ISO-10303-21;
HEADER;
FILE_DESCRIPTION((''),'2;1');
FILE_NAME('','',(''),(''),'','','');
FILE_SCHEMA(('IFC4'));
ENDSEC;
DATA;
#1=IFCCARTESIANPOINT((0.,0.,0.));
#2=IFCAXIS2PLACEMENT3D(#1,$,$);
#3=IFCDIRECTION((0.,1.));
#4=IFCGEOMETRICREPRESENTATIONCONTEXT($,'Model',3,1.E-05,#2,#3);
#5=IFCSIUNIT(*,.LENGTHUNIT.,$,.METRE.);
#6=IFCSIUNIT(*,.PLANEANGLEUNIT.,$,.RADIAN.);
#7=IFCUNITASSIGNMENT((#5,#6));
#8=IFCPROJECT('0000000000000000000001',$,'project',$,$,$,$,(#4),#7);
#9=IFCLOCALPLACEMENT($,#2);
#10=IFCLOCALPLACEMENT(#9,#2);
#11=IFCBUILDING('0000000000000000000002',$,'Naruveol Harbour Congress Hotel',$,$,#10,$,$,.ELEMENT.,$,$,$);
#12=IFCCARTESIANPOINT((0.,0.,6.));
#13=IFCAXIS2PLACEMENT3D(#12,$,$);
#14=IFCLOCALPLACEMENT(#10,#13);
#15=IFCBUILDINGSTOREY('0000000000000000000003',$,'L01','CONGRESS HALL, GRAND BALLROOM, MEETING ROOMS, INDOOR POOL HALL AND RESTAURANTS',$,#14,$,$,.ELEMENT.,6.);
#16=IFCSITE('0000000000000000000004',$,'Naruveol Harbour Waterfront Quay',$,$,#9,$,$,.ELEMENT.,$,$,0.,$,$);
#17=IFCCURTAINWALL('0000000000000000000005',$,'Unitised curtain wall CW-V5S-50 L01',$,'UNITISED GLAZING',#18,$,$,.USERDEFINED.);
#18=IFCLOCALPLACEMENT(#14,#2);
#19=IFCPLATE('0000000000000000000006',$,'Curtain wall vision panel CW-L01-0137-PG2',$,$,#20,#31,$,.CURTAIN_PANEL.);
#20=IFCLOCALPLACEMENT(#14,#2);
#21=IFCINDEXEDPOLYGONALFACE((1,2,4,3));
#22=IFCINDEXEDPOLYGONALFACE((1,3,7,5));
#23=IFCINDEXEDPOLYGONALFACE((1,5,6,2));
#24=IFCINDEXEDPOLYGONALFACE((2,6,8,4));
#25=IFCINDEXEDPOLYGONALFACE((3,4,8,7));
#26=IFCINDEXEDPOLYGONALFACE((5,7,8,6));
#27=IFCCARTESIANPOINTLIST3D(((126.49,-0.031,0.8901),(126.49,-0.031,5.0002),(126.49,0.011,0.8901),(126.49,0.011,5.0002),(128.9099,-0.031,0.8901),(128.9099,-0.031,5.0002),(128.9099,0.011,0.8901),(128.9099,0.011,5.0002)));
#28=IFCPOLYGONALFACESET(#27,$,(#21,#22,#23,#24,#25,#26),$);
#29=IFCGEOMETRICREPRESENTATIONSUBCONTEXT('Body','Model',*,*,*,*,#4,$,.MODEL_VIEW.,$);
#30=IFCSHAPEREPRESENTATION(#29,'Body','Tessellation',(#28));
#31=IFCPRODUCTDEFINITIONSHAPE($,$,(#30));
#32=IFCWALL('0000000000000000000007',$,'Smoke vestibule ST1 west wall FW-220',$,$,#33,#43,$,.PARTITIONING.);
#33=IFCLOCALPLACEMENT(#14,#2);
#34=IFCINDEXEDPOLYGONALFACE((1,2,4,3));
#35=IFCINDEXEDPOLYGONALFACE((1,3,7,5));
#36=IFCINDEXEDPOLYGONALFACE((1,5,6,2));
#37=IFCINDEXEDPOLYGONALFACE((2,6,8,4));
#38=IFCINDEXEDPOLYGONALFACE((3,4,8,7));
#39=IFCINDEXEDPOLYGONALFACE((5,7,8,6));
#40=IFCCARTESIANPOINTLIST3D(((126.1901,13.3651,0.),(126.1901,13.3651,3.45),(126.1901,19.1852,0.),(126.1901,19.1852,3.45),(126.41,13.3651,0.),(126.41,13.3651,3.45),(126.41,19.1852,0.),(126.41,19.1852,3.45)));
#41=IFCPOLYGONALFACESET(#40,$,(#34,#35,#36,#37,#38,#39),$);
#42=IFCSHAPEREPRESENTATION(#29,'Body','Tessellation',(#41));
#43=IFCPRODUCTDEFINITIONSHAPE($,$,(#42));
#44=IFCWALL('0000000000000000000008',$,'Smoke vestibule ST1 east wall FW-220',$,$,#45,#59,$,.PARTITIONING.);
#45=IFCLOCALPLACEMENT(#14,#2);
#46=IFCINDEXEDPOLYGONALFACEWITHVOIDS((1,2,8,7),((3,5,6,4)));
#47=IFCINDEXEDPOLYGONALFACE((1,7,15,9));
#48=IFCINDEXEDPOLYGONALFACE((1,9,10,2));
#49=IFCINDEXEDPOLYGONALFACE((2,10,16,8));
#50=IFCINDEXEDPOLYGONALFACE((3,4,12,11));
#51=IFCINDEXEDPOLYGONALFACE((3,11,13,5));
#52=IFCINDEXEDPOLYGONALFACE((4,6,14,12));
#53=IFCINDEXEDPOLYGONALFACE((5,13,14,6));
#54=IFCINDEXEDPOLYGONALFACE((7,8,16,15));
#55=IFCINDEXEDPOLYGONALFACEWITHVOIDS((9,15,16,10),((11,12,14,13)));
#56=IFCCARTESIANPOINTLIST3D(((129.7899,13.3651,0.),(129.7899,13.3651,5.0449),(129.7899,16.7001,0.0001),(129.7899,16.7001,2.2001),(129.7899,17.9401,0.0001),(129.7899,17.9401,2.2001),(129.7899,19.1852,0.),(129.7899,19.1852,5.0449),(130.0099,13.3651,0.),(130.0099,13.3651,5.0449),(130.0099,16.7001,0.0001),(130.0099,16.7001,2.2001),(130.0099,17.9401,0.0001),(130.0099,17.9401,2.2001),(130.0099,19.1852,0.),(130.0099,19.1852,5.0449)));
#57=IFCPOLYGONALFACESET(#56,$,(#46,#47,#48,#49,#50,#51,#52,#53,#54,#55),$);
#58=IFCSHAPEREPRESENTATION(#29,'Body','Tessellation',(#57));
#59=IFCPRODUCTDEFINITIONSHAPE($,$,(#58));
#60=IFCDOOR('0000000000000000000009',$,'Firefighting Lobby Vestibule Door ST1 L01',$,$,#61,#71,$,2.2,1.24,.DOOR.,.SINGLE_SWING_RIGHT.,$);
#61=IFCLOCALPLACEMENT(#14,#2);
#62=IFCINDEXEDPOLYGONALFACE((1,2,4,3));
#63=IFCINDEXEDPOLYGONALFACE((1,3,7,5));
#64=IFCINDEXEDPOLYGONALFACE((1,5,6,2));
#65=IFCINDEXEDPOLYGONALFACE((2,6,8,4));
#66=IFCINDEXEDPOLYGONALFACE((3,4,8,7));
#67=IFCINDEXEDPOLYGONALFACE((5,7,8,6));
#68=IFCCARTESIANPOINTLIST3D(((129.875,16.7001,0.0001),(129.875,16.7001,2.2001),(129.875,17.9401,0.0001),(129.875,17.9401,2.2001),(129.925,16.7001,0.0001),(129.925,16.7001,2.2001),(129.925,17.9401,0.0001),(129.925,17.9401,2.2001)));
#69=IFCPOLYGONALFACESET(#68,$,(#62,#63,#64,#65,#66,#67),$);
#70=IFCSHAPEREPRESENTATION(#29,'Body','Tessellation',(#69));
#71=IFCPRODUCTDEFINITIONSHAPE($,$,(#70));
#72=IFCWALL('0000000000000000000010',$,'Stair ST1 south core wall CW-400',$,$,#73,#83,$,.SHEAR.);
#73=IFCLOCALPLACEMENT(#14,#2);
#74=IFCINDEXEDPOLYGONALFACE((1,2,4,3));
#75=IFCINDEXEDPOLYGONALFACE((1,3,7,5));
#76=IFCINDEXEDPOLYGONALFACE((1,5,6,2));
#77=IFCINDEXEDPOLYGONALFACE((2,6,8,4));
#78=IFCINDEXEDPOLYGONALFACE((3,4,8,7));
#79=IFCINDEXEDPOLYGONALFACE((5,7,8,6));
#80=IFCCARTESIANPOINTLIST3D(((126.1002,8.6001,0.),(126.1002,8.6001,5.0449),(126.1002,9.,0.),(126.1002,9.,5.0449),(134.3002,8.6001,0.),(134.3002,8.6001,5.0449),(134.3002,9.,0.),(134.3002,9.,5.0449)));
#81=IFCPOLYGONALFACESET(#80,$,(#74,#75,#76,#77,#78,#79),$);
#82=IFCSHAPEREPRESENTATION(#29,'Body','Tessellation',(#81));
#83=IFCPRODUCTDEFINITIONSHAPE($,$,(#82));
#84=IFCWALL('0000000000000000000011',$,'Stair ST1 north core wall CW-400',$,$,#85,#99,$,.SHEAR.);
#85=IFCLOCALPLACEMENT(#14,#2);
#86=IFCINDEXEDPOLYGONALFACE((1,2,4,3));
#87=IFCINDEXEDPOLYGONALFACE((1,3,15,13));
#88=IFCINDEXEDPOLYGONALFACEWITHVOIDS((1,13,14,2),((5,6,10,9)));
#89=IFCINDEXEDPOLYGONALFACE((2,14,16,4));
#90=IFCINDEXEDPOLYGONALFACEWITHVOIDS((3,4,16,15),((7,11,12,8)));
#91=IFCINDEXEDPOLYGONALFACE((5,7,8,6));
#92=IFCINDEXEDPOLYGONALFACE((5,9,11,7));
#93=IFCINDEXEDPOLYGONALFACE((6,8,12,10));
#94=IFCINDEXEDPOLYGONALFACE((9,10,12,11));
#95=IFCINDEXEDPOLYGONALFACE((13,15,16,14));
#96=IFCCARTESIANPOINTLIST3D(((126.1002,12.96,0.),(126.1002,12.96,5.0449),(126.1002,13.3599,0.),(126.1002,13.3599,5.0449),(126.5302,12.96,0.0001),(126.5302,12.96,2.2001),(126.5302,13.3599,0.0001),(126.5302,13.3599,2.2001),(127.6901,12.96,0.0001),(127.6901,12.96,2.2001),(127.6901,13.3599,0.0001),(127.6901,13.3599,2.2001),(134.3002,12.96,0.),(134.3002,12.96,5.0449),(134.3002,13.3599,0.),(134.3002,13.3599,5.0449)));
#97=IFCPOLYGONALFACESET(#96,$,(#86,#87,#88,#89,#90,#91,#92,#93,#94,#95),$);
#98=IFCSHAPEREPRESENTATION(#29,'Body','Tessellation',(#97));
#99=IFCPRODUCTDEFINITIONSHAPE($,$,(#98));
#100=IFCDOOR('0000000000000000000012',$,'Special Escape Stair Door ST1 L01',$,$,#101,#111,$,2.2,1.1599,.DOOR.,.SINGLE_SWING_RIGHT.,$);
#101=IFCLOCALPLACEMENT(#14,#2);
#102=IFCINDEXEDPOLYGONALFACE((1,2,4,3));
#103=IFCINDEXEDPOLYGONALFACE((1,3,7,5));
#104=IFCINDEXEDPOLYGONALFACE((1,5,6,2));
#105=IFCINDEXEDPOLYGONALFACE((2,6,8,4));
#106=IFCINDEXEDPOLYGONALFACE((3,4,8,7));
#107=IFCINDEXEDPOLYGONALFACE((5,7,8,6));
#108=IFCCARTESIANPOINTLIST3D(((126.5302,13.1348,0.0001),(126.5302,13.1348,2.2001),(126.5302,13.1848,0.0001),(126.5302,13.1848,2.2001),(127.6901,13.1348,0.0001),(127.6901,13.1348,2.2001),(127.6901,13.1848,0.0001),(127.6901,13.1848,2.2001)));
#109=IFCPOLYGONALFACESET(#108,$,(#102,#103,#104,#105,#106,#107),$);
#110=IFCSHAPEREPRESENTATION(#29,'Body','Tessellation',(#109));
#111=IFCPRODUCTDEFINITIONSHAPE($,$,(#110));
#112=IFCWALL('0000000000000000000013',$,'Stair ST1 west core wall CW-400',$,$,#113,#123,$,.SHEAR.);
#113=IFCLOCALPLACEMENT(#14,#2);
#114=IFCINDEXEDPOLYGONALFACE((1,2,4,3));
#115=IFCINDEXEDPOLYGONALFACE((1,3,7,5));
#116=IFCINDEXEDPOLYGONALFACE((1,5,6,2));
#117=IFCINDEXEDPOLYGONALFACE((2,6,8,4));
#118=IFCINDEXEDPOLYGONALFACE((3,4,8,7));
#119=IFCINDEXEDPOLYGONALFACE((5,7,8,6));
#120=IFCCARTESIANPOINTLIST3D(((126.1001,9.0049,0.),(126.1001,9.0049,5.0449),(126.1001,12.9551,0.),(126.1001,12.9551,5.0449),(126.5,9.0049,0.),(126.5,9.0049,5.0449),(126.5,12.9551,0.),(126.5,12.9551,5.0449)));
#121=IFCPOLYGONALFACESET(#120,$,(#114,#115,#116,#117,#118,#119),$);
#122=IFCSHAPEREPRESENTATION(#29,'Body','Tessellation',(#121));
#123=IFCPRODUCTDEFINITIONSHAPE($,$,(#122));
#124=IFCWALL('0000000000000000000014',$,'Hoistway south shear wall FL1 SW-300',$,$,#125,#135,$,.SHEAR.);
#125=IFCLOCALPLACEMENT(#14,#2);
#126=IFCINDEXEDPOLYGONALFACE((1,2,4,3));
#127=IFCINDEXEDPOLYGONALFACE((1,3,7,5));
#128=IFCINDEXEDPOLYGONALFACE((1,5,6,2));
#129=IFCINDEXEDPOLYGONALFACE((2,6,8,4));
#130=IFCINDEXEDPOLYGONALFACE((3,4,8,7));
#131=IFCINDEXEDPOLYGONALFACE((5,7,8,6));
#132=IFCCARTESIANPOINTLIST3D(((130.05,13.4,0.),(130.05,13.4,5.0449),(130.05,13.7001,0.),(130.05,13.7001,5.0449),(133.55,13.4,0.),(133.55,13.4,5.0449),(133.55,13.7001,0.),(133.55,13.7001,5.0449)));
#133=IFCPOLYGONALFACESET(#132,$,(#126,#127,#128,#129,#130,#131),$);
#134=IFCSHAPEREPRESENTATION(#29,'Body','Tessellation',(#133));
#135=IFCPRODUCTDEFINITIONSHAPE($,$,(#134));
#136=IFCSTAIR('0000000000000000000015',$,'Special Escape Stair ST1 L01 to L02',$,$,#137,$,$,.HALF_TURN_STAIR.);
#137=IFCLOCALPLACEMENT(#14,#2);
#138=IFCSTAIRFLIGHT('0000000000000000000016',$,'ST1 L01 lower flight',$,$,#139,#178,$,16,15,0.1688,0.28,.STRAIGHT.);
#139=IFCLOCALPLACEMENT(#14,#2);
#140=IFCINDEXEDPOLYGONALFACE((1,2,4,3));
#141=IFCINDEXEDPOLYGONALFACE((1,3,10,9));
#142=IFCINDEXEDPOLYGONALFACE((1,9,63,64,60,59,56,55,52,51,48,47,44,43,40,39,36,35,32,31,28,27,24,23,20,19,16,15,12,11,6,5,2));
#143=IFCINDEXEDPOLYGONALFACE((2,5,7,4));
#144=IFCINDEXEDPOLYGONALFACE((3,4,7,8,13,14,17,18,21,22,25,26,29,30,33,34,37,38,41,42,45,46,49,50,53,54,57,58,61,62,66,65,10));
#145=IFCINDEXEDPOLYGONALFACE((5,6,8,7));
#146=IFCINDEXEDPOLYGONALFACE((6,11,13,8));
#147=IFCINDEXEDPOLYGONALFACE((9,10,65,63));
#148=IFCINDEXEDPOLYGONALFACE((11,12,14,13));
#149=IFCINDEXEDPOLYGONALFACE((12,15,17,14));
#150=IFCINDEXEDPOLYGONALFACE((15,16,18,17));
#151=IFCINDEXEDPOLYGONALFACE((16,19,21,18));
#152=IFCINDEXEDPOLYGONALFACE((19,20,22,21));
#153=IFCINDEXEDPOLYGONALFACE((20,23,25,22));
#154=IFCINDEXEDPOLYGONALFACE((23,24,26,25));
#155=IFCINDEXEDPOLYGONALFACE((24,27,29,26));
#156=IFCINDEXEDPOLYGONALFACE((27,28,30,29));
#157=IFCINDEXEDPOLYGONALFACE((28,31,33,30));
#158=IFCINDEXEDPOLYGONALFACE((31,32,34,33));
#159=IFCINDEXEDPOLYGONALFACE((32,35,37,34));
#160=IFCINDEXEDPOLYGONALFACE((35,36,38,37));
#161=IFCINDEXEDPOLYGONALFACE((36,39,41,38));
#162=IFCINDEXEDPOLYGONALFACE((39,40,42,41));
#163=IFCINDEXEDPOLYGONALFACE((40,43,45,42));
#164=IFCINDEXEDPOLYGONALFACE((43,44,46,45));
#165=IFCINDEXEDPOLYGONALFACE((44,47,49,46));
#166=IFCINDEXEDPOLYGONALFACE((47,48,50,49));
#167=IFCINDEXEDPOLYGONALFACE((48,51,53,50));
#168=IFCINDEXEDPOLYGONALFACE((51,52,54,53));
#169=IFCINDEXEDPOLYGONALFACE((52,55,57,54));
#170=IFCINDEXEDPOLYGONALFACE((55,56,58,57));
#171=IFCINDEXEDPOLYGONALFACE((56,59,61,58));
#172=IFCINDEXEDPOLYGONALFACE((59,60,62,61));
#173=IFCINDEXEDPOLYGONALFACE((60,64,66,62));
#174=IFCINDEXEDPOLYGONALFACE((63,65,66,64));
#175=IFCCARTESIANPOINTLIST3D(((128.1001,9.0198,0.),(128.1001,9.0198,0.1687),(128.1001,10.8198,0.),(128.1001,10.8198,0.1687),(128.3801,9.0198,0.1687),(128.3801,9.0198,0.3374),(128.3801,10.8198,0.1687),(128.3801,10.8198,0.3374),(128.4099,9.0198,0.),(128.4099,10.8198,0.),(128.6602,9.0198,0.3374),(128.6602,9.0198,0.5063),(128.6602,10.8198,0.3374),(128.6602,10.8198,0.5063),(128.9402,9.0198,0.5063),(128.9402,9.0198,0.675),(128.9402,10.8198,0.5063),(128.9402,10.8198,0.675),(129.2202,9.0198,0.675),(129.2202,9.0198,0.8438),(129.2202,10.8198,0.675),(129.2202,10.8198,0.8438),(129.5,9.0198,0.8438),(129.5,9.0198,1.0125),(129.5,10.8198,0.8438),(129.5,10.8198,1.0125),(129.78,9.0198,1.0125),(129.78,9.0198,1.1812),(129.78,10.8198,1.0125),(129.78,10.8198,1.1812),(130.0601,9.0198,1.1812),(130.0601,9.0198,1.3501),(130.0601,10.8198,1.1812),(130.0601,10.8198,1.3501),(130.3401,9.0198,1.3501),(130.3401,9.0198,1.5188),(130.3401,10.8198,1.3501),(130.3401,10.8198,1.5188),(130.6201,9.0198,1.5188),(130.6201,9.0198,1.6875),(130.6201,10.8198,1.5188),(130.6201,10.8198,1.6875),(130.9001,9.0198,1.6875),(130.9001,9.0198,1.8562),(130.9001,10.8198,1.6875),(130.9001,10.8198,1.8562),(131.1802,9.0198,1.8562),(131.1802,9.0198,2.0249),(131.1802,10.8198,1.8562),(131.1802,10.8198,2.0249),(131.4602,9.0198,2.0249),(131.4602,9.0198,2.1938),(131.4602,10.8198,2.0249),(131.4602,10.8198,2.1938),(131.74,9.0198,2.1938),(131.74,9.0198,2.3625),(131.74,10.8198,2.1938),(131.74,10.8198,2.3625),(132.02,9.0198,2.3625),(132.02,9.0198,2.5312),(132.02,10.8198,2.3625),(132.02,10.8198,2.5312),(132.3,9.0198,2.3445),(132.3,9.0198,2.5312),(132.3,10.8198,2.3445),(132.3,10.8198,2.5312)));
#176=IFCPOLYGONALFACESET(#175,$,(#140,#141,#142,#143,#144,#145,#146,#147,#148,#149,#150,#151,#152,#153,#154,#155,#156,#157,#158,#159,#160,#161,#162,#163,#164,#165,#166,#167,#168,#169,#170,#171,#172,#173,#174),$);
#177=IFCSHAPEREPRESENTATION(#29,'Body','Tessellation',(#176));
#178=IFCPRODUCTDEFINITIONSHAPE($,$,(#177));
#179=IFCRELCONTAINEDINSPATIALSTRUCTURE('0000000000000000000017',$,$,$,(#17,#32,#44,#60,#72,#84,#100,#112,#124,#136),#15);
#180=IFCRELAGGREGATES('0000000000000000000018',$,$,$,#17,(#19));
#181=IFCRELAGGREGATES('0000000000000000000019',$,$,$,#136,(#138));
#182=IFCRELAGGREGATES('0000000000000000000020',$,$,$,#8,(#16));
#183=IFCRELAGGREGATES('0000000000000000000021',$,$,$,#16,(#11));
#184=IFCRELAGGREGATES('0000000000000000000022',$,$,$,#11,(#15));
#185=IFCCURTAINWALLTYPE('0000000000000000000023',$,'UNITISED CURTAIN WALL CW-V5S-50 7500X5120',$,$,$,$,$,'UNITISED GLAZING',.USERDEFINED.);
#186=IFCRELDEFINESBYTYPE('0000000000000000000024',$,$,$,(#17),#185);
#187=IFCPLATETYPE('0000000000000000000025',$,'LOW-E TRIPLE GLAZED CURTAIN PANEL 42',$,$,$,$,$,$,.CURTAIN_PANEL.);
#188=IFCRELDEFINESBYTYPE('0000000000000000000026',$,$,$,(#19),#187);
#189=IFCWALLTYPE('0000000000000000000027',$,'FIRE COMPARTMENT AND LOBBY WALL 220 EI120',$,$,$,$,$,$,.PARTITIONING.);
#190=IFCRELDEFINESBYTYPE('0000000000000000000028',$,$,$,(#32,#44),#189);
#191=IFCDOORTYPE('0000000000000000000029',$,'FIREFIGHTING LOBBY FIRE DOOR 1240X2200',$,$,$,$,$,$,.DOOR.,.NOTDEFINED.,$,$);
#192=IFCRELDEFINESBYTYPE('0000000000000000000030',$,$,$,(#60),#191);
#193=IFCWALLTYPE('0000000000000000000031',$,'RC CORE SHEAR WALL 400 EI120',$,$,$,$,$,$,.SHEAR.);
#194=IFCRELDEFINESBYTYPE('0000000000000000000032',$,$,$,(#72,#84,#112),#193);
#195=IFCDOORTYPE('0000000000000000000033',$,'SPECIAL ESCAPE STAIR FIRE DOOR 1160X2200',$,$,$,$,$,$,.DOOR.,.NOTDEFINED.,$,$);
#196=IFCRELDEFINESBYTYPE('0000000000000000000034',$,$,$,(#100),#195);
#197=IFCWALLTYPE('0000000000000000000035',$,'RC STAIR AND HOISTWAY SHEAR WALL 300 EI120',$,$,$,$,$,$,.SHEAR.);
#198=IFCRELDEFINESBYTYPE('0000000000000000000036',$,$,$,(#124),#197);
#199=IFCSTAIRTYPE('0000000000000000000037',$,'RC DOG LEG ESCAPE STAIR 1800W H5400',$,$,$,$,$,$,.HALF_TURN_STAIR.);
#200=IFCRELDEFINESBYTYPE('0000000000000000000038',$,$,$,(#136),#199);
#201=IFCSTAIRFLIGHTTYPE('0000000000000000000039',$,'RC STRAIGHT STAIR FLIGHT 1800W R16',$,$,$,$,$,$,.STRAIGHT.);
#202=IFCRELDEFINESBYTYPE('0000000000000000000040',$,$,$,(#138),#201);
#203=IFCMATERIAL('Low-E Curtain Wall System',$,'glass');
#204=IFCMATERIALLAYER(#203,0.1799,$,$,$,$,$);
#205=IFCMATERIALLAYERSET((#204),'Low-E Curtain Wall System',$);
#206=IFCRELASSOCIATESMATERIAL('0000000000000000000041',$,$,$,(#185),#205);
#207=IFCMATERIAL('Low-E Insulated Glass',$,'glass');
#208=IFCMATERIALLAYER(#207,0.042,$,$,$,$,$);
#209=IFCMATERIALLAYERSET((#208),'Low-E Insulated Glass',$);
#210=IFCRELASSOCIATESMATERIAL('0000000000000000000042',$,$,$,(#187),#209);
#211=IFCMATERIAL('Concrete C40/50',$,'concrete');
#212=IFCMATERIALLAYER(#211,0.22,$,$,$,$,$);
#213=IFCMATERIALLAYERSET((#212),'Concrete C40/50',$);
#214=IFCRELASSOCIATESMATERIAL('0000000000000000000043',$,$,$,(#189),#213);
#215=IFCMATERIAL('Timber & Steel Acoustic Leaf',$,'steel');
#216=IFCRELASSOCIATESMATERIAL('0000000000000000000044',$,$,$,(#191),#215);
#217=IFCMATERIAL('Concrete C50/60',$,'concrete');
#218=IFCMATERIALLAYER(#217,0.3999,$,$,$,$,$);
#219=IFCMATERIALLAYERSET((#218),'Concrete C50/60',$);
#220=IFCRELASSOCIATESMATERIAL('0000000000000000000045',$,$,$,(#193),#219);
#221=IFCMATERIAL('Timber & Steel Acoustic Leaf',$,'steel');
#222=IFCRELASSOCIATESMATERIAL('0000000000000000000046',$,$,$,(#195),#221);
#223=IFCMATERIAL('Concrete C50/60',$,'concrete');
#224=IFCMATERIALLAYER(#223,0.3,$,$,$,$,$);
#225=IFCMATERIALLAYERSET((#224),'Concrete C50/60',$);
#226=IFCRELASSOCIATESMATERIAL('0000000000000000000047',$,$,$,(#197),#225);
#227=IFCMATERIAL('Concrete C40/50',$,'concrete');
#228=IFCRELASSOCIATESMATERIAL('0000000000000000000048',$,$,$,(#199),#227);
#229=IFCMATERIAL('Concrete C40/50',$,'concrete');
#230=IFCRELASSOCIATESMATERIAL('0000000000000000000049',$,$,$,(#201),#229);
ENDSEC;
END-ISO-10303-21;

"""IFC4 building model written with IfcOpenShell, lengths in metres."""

from ifc_helpers import new_model, si_unit, direction, frame, frame_2d, origin, origin_2d, place, context, subcontext, project, spatial, polyline, rectangle, outline, extrude, material, layer, layer_set, type_object, element, fill, aggregate, save


model = new_model("IFC4")

# Units and contexts
model_context = context("Model", 3, precision=1e-05, world=origin(), true_north=direction((0.0, 1.0)))
body_context = subcontext(model_context, "Body", "Model", "MODEL_VIEW")
ifc_project = project(units=[si_unit("LENGTHUNIT", "METRE"), si_unit("PLANEANGLEUNIT", "RADIAN")], contexts=[model_context])

# Site, building, storey
site_placement = place(None, origin())
site = spatial("IfcSite", under=ifc_project, at=site_placement, Name="Naruveol Harbour Waterfront Quay", CompositionType="ELEMENT", RefElevation=0.0)
building_placement = place(site_placement, origin())
building = spatial("IfcBuilding", under=site, at=building_placement, Name="Naruveol Harbour Congress Hotel", CompositionType="ELEMENT")
storey_placement = place(building_placement, frame((0.0, 0.0, 6.0)))
storey = spatial("IfcBuildingStorey", under=building, at=storey_placement, Name="L01", Description="CONGRESS HALL, GRAND BALLROOM, MEETING ROOMS, INDOOR POOL HALL AND RESTAURANTS", CompositionType="ELEMENT", Elevation=6.0)

# Shared definitions
ifc_material_1 = material(Name="Low-E Curtain Wall System", Category="glass")
ifc_layer_1 = layer(ifc_material_1, 0.1799)
ifc_layer_set_1 = layer_set([ifc_layer_1], Name="Low-E Curtain Wall System")
curtain_wall_type = type_object("IfcCurtainWallType", Name="UNITISED CURTAIN WALL CW-V5S-50 7500X5120", ElementType="UNITISED GLAZING", PredefinedType="USERDEFINED", material=ifc_layer_set_1)

# Curtain wall
curtain_wall_1_placement = place(storey_placement, origin())
curtain_wall_1 = element("IfcCurtainWall", 1, at=curtain_wall_1_placement, inside=storey, type_object=curtain_wall_type, Name="Unitised curtain wall CW-V5S-50 L01", ObjectType="UNITISED GLAZING", PredefinedType="USERDEFINED")

# Plate
ifc_material_2 = material(Name="Low-E Insulated Glass", Category="glass")
ifc_layer_2 = layer(ifc_material_2, 0.042)
ifc_layer_set_2 = layer_set([ifc_layer_2], Name="Low-E Insulated Glass")
plate_type_1 = type_object("IfcPlateType", Name="LOW-E TRIPLE GLAZED CURTAIN PANEL 42", PredefinedType="CURTAIN_PANEL", material=ifc_layer_set_2)
plate_1_placement = place(storey_placement, frame((127.7, -0.01, 0.8901), z_axis=(0.0, 0.0, 1.0), x_axis=(-1.0, 0.0, 0.0)))
plate_1 = element("IfcPlate", 2, at=plate_1_placement, type_object=plate_type_1, Name="Curtain wall vision panel CW-L01-0137-PG2", PredefinedType="CURTAIN_PANEL", context=body_context, shape_type="SweptSolid", body=[
    extrude(rectangle(XDim=2.4199, YDim=0.042, at=origin_2d()), origin(), (0.0, 0.0, 1.0), 4.1101),
])
aggregate(curtain_wall_1, [plate_1])

# Wall
ifc_material_3 = material(Name="Concrete C40/50", Category="concrete")
ifc_layer_3 = layer(ifc_material_3, 0.22)
ifc_layer_set_3 = layer_set([ifc_layer_3], Name="Concrete C40/50")
wall_type_1 = type_object("IfcWallType", Name="FIRE COMPARTMENT AND LOBBY WALL 220 EI120", PredefinedType="PARTITIONING", material=ifc_layer_set_3)
wall_1_placement = place(storey_placement, frame((126.3, 13.365, 0.0), z_axis=(0.0, 0.0, 1.0), x_axis=(0.0, 1.0, 0.0)))
element("IfcWall", 3, at=wall_1_placement, inside=storey, type_object=wall_type_1, Name="Smoke vestibule ST1 west wall FW-220", PredefinedType="PARTITIONING", context=body_context, shape_type="SweptSolid", body=[
    extrude(rectangle(XDim=5.8201, YDim=0.22, at=frame_2d((2.9102, 0.0))), origin(), (0.0, 0.0, 1.0), 3.45),
])

# Wall, opening, door
wall_2_placement = place(storey_placement, frame((129.8999, 13.365, 0.0), z_axis=(0.0, 0.0, 1.0), x_axis=(0.0, 1.0, 0.0)))
wall_2 = element("IfcWall", 4, at=wall_2_placement, inside=storey, type_object=wall_type_1, Name="Smoke vestibule ST1 east wall FW-220", PredefinedType="PARTITIONING", context=body_context, shape_type="SweptSolid", body=[
    extrude(rectangle(XDim=5.8201, YDim=0.22, at=frame_2d((2.9102, 0.0))), origin(), (0.0, 0.0, 1.0), 5.0449),
])
opening_1_placement = place(wall_2_placement, frame((3.335, 0.0, 0.0)))
opening_1 = element("IfcOpeningElement", 5, at=opening_1_placement, cuts=wall_2, PredefinedType="OPENING", context=body_context, shape_type="SweptSolid", body=[
    extrude(rectangle(XDim=1.24, YDim=2.2, at=frame_2d((0.6201, 1.1001))), frame((0.0, 0.1199, 0.0), z_axis=(0.0, -1.0, 0.0), x_axis=(1.0, 0.0, 0.0)), (0.0, 0.0, 1.0), 0.24),
])
ifc_material_4 = material(Name="Timber & Steel Acoustic Leaf", Category="steel")
door_type_1 = type_object("IfcDoorType", Name="FIREFIGHTING LOBBY FIRE DOOR 1240X2200", OperationType="NOTDEFINED", PredefinedType="DOOR", material=ifc_material_4)
door_1_placement = place(opening_1_placement, origin())
door_1 = element("IfcDoor", 6, at=door_1_placement, inside=storey, type_object=door_type_1, Name="Firefighting Lobby Vestibule Door ST1 L01", OperationType="SINGLE_SWING_RIGHT", OverallHeight=2.2, OverallWidth=1.24, PredefinedType="DOOR", context=body_context, shape_type="SweptSolid", body=[
    extrude(rectangle(XDim=1.24, YDim=2.2, at=frame_2d((0.6201, 1.1001))), frame((0.0, 0.0249, 0.0), z_axis=(0.0, -1.0, 0.0), x_axis=(1.0, 0.0, 0.0)), (0.0, 0.0, 1.0), 0.05),
])
fill(opening_1, door_1)

# Wall
ifc_material_5 = material(Name="Concrete C50/60", Category="concrete")
ifc_layer_4 = layer(ifc_material_5, 0.3999)
ifc_layer_set_4 = layer_set([ifc_layer_4], Name="Concrete C50/60")
wall_type_2 = type_object("IfcWallType", Name="RC CORE SHEAR WALL 400 EI120", PredefinedType="SHEAR", material=ifc_layer_set_4)
wall_3_placement = place(storey_placement, frame((126.1001, 8.8, 0.0), z_axis=(0.0, 0.0, 1.0), x_axis=(1.0, 0.0, 0.0)))
element("IfcWall", 7, at=wall_3_placement, inside=storey, type_object=wall_type_2, Name="Stair ST1 south core wall CW-400", PredefinedType="SHEAR", context=body_context, shape_type="SweptSolid", body=[
    extrude(rectangle(XDim=8.2, YDim=0.3999, at=frame_2d((4.1001, 0.0))), origin(), (0.0, 0.0, 1.0), 5.0449),
])

# Wall, opening, door
wall_4_placement = place(storey_placement, frame((126.1001, 13.1599, 0.0), z_axis=(0.0, 0.0, 1.0), x_axis=(1.0, 0.0, 0.0)))
wall_4 = element("IfcWall", 8, at=wall_4_placement, inside=storey, type_object=wall_type_2, Name="Stair ST1 north core wall CW-400", PredefinedType="SHEAR", context=body_context, shape_type="SweptSolid", body=[
    extrude(rectangle(XDim=8.2, YDim=0.3999, at=frame_2d((4.1001, 0.0))), origin(), (0.0, 0.0, 1.0), 5.0449),
])
opening_2_placement = place(wall_4_placement, frame((0.4299, 0.0, 0.0)))
opening_2 = element("IfcOpeningElement", 9, at=opening_2_placement, cuts=wall_4, PredefinedType="OPENING", context=body_context, shape_type="SweptSolid", body=[
    extrude(rectangle(XDim=1.1599, YDim=2.2, at=frame_2d((0.5801, 1.1001))), frame((0.0, 0.21, 0.0), z_axis=(0.0, -1.0, 0.0), x_axis=(1.0, 0.0, 0.0)), (0.0, 0.0, 1.0), 0.4199),
])
ifc_material_6 = material(Name="Timber & Steel Acoustic Leaf", Category="steel")
door_type_2 = type_object("IfcDoorType", Name="SPECIAL ESCAPE STAIR FIRE DOOR 1160X2200", OperationType="NOTDEFINED", PredefinedType="DOOR", material=ifc_material_6)
door_2_placement = place(opening_2_placement, origin())
door_2 = element("IfcDoor", 10, at=door_2_placement, inside=storey, type_object=door_type_2, Name="Special Escape Stair Door ST1 L01", OperationType="SINGLE_SWING_RIGHT", OverallHeight=2.2, OverallWidth=1.1599, PredefinedType="DOOR", context=body_context, shape_type="SweptSolid", body=[
    extrude(rectangle(XDim=1.1599, YDim=2.2, at=frame_2d((0.5801, 1.1001))), frame((0.0, 0.0249, 0.0), z_axis=(0.0, -1.0, 0.0), x_axis=(1.0, 0.0, 0.0)), (0.0, 0.0, 1.0), 0.05),
])
fill(opening_2, door_2)

# Walls
wall_5_placement = place(storey_placement, frame((126.3, 9.0049, 0.0), z_axis=(0.0, 0.0, 1.0), x_axis=(0.0, 1.0, 0.0)))
element("IfcWall", 11, at=wall_5_placement, inside=storey, type_object=wall_type_2, Name="Stair ST1 west core wall CW-400", PredefinedType="SHEAR", context=body_context, shape_type="SweptSolid", body=[
    extrude(rectangle(XDim=3.9502, YDim=0.3999, at=frame_2d((1.9751, 0.0))), origin(), (0.0, 0.0, 1.0), 5.0449),
])
ifc_material_7 = material(Name="Concrete C50/60", Category="concrete")
ifc_layer_5 = layer(ifc_material_7, 0.3)
ifc_layer_set_5 = layer_set([ifc_layer_5], Name="Concrete C50/60")
wall_type_3 = type_object("IfcWallType", Name="RC STAIR AND HOISTWAY SHEAR WALL 300 EI120", PredefinedType="SHEAR", material=ifc_layer_set_5)
wall_6_placement = place(storey_placement, frame((130.05, 13.55, 0.0), z_axis=(0.0, 0.0, 1.0), x_axis=(1.0, 0.0, 0.0)))
element("IfcWall", 12, at=wall_6_placement, inside=storey, type_object=wall_type_3, Name="Hoistway south shear wall FL1 SW-300", PredefinedType="SHEAR", context=body_context, shape_type="SweptSolid", body=[
    extrude(rectangle(XDim=3.5, YDim=0.3, at=frame_2d((1.75, 0.0))), origin(), (0.0, 0.0, 1.0), 5.0449),
])

# Stair, stair flight
ifc_material_8 = material(Name="Concrete C40/50", Category="concrete")
stair_type = type_object("IfcStairType", Name="RC DOG LEG ESCAPE STAIR 1800W H5400", PredefinedType="HALF_TURN_STAIR", material=ifc_material_8)
stair_placement = place(storey_placement, origin())
stair = element("IfcStair", 13, at=stair_placement, inside=storey, type_object=stair_type, Name="Special Escape Stair ST1 L01 to L02", PredefinedType="HALF_TURN_STAIR")
ifc_material_9 = material(Name="Concrete C40/50", Category="concrete")
stair_flight_type = type_object("IfcStairFlightType", Name="RC STRAIGHT STAIR FLIGHT 1800W R16", PredefinedType="STRAIGHT", material=ifc_material_9)
stair_flight_placement = place(storey_placement, frame((128.1001, 9.9199, 0.0), z_axis=(0.0, 0.0, 1.0), x_axis=(1.0, 0.0, 0.0)))
stair_flight = element("IfcStairFlight", 14, at=stair_flight_placement, type_object=stair_flight_type, Name="ST1 L01 lower flight", NumberOfRisers=16, NumberOfTreads=15, PredefinedType="STRAIGHT", RiserHeight=0.1688, TreadLength=0.28, context=body_context, shape_type="SweptSolid", body=[
    extrude(outline(polyline([(0.0, 0.0), (0.0, 0.1687), (0.28, 0.1687), (0.28, 0.3374), (0.5601, 0.3374), (0.5601, 0.5063), (0.8401, 0.5063), (0.8401, 0.675), (1.1201, 0.675), (1.1201, 0.8438), (1.3999, 0.8438), (1.3999, 1.0125), (1.6799, 1.0125), (1.6799, 1.1812), (1.96, 1.1812), (1.96, 1.3501), (2.24, 1.3501), (2.24, 1.5188), (2.52, 1.5188), (2.52, 1.6875), (2.8, 1.6875), (2.8, 1.8562), (3.0801, 1.8562), (3.0801, 2.0249), (3.3601, 2.0249), (3.3601, 2.1938), (3.6399, 2.1938), (3.6399, 2.3625), (3.9199, 2.3625), (3.9199, 2.5312), (4.2, 2.5312), (4.2, 2.7), (4.2, 2.3445), (0.3098, 0.0), (0.0, 0.0)])), frame((0.0, 0.8999, 0.0), z_axis=(0.0, -1.0, 0.0), x_axis=(1.0, 0.0, 0.0)), (0.0, 0.0, 1.0), 1.8),
])
aggregate(stair, [stair_flight])

save(model, "model.ifc")
